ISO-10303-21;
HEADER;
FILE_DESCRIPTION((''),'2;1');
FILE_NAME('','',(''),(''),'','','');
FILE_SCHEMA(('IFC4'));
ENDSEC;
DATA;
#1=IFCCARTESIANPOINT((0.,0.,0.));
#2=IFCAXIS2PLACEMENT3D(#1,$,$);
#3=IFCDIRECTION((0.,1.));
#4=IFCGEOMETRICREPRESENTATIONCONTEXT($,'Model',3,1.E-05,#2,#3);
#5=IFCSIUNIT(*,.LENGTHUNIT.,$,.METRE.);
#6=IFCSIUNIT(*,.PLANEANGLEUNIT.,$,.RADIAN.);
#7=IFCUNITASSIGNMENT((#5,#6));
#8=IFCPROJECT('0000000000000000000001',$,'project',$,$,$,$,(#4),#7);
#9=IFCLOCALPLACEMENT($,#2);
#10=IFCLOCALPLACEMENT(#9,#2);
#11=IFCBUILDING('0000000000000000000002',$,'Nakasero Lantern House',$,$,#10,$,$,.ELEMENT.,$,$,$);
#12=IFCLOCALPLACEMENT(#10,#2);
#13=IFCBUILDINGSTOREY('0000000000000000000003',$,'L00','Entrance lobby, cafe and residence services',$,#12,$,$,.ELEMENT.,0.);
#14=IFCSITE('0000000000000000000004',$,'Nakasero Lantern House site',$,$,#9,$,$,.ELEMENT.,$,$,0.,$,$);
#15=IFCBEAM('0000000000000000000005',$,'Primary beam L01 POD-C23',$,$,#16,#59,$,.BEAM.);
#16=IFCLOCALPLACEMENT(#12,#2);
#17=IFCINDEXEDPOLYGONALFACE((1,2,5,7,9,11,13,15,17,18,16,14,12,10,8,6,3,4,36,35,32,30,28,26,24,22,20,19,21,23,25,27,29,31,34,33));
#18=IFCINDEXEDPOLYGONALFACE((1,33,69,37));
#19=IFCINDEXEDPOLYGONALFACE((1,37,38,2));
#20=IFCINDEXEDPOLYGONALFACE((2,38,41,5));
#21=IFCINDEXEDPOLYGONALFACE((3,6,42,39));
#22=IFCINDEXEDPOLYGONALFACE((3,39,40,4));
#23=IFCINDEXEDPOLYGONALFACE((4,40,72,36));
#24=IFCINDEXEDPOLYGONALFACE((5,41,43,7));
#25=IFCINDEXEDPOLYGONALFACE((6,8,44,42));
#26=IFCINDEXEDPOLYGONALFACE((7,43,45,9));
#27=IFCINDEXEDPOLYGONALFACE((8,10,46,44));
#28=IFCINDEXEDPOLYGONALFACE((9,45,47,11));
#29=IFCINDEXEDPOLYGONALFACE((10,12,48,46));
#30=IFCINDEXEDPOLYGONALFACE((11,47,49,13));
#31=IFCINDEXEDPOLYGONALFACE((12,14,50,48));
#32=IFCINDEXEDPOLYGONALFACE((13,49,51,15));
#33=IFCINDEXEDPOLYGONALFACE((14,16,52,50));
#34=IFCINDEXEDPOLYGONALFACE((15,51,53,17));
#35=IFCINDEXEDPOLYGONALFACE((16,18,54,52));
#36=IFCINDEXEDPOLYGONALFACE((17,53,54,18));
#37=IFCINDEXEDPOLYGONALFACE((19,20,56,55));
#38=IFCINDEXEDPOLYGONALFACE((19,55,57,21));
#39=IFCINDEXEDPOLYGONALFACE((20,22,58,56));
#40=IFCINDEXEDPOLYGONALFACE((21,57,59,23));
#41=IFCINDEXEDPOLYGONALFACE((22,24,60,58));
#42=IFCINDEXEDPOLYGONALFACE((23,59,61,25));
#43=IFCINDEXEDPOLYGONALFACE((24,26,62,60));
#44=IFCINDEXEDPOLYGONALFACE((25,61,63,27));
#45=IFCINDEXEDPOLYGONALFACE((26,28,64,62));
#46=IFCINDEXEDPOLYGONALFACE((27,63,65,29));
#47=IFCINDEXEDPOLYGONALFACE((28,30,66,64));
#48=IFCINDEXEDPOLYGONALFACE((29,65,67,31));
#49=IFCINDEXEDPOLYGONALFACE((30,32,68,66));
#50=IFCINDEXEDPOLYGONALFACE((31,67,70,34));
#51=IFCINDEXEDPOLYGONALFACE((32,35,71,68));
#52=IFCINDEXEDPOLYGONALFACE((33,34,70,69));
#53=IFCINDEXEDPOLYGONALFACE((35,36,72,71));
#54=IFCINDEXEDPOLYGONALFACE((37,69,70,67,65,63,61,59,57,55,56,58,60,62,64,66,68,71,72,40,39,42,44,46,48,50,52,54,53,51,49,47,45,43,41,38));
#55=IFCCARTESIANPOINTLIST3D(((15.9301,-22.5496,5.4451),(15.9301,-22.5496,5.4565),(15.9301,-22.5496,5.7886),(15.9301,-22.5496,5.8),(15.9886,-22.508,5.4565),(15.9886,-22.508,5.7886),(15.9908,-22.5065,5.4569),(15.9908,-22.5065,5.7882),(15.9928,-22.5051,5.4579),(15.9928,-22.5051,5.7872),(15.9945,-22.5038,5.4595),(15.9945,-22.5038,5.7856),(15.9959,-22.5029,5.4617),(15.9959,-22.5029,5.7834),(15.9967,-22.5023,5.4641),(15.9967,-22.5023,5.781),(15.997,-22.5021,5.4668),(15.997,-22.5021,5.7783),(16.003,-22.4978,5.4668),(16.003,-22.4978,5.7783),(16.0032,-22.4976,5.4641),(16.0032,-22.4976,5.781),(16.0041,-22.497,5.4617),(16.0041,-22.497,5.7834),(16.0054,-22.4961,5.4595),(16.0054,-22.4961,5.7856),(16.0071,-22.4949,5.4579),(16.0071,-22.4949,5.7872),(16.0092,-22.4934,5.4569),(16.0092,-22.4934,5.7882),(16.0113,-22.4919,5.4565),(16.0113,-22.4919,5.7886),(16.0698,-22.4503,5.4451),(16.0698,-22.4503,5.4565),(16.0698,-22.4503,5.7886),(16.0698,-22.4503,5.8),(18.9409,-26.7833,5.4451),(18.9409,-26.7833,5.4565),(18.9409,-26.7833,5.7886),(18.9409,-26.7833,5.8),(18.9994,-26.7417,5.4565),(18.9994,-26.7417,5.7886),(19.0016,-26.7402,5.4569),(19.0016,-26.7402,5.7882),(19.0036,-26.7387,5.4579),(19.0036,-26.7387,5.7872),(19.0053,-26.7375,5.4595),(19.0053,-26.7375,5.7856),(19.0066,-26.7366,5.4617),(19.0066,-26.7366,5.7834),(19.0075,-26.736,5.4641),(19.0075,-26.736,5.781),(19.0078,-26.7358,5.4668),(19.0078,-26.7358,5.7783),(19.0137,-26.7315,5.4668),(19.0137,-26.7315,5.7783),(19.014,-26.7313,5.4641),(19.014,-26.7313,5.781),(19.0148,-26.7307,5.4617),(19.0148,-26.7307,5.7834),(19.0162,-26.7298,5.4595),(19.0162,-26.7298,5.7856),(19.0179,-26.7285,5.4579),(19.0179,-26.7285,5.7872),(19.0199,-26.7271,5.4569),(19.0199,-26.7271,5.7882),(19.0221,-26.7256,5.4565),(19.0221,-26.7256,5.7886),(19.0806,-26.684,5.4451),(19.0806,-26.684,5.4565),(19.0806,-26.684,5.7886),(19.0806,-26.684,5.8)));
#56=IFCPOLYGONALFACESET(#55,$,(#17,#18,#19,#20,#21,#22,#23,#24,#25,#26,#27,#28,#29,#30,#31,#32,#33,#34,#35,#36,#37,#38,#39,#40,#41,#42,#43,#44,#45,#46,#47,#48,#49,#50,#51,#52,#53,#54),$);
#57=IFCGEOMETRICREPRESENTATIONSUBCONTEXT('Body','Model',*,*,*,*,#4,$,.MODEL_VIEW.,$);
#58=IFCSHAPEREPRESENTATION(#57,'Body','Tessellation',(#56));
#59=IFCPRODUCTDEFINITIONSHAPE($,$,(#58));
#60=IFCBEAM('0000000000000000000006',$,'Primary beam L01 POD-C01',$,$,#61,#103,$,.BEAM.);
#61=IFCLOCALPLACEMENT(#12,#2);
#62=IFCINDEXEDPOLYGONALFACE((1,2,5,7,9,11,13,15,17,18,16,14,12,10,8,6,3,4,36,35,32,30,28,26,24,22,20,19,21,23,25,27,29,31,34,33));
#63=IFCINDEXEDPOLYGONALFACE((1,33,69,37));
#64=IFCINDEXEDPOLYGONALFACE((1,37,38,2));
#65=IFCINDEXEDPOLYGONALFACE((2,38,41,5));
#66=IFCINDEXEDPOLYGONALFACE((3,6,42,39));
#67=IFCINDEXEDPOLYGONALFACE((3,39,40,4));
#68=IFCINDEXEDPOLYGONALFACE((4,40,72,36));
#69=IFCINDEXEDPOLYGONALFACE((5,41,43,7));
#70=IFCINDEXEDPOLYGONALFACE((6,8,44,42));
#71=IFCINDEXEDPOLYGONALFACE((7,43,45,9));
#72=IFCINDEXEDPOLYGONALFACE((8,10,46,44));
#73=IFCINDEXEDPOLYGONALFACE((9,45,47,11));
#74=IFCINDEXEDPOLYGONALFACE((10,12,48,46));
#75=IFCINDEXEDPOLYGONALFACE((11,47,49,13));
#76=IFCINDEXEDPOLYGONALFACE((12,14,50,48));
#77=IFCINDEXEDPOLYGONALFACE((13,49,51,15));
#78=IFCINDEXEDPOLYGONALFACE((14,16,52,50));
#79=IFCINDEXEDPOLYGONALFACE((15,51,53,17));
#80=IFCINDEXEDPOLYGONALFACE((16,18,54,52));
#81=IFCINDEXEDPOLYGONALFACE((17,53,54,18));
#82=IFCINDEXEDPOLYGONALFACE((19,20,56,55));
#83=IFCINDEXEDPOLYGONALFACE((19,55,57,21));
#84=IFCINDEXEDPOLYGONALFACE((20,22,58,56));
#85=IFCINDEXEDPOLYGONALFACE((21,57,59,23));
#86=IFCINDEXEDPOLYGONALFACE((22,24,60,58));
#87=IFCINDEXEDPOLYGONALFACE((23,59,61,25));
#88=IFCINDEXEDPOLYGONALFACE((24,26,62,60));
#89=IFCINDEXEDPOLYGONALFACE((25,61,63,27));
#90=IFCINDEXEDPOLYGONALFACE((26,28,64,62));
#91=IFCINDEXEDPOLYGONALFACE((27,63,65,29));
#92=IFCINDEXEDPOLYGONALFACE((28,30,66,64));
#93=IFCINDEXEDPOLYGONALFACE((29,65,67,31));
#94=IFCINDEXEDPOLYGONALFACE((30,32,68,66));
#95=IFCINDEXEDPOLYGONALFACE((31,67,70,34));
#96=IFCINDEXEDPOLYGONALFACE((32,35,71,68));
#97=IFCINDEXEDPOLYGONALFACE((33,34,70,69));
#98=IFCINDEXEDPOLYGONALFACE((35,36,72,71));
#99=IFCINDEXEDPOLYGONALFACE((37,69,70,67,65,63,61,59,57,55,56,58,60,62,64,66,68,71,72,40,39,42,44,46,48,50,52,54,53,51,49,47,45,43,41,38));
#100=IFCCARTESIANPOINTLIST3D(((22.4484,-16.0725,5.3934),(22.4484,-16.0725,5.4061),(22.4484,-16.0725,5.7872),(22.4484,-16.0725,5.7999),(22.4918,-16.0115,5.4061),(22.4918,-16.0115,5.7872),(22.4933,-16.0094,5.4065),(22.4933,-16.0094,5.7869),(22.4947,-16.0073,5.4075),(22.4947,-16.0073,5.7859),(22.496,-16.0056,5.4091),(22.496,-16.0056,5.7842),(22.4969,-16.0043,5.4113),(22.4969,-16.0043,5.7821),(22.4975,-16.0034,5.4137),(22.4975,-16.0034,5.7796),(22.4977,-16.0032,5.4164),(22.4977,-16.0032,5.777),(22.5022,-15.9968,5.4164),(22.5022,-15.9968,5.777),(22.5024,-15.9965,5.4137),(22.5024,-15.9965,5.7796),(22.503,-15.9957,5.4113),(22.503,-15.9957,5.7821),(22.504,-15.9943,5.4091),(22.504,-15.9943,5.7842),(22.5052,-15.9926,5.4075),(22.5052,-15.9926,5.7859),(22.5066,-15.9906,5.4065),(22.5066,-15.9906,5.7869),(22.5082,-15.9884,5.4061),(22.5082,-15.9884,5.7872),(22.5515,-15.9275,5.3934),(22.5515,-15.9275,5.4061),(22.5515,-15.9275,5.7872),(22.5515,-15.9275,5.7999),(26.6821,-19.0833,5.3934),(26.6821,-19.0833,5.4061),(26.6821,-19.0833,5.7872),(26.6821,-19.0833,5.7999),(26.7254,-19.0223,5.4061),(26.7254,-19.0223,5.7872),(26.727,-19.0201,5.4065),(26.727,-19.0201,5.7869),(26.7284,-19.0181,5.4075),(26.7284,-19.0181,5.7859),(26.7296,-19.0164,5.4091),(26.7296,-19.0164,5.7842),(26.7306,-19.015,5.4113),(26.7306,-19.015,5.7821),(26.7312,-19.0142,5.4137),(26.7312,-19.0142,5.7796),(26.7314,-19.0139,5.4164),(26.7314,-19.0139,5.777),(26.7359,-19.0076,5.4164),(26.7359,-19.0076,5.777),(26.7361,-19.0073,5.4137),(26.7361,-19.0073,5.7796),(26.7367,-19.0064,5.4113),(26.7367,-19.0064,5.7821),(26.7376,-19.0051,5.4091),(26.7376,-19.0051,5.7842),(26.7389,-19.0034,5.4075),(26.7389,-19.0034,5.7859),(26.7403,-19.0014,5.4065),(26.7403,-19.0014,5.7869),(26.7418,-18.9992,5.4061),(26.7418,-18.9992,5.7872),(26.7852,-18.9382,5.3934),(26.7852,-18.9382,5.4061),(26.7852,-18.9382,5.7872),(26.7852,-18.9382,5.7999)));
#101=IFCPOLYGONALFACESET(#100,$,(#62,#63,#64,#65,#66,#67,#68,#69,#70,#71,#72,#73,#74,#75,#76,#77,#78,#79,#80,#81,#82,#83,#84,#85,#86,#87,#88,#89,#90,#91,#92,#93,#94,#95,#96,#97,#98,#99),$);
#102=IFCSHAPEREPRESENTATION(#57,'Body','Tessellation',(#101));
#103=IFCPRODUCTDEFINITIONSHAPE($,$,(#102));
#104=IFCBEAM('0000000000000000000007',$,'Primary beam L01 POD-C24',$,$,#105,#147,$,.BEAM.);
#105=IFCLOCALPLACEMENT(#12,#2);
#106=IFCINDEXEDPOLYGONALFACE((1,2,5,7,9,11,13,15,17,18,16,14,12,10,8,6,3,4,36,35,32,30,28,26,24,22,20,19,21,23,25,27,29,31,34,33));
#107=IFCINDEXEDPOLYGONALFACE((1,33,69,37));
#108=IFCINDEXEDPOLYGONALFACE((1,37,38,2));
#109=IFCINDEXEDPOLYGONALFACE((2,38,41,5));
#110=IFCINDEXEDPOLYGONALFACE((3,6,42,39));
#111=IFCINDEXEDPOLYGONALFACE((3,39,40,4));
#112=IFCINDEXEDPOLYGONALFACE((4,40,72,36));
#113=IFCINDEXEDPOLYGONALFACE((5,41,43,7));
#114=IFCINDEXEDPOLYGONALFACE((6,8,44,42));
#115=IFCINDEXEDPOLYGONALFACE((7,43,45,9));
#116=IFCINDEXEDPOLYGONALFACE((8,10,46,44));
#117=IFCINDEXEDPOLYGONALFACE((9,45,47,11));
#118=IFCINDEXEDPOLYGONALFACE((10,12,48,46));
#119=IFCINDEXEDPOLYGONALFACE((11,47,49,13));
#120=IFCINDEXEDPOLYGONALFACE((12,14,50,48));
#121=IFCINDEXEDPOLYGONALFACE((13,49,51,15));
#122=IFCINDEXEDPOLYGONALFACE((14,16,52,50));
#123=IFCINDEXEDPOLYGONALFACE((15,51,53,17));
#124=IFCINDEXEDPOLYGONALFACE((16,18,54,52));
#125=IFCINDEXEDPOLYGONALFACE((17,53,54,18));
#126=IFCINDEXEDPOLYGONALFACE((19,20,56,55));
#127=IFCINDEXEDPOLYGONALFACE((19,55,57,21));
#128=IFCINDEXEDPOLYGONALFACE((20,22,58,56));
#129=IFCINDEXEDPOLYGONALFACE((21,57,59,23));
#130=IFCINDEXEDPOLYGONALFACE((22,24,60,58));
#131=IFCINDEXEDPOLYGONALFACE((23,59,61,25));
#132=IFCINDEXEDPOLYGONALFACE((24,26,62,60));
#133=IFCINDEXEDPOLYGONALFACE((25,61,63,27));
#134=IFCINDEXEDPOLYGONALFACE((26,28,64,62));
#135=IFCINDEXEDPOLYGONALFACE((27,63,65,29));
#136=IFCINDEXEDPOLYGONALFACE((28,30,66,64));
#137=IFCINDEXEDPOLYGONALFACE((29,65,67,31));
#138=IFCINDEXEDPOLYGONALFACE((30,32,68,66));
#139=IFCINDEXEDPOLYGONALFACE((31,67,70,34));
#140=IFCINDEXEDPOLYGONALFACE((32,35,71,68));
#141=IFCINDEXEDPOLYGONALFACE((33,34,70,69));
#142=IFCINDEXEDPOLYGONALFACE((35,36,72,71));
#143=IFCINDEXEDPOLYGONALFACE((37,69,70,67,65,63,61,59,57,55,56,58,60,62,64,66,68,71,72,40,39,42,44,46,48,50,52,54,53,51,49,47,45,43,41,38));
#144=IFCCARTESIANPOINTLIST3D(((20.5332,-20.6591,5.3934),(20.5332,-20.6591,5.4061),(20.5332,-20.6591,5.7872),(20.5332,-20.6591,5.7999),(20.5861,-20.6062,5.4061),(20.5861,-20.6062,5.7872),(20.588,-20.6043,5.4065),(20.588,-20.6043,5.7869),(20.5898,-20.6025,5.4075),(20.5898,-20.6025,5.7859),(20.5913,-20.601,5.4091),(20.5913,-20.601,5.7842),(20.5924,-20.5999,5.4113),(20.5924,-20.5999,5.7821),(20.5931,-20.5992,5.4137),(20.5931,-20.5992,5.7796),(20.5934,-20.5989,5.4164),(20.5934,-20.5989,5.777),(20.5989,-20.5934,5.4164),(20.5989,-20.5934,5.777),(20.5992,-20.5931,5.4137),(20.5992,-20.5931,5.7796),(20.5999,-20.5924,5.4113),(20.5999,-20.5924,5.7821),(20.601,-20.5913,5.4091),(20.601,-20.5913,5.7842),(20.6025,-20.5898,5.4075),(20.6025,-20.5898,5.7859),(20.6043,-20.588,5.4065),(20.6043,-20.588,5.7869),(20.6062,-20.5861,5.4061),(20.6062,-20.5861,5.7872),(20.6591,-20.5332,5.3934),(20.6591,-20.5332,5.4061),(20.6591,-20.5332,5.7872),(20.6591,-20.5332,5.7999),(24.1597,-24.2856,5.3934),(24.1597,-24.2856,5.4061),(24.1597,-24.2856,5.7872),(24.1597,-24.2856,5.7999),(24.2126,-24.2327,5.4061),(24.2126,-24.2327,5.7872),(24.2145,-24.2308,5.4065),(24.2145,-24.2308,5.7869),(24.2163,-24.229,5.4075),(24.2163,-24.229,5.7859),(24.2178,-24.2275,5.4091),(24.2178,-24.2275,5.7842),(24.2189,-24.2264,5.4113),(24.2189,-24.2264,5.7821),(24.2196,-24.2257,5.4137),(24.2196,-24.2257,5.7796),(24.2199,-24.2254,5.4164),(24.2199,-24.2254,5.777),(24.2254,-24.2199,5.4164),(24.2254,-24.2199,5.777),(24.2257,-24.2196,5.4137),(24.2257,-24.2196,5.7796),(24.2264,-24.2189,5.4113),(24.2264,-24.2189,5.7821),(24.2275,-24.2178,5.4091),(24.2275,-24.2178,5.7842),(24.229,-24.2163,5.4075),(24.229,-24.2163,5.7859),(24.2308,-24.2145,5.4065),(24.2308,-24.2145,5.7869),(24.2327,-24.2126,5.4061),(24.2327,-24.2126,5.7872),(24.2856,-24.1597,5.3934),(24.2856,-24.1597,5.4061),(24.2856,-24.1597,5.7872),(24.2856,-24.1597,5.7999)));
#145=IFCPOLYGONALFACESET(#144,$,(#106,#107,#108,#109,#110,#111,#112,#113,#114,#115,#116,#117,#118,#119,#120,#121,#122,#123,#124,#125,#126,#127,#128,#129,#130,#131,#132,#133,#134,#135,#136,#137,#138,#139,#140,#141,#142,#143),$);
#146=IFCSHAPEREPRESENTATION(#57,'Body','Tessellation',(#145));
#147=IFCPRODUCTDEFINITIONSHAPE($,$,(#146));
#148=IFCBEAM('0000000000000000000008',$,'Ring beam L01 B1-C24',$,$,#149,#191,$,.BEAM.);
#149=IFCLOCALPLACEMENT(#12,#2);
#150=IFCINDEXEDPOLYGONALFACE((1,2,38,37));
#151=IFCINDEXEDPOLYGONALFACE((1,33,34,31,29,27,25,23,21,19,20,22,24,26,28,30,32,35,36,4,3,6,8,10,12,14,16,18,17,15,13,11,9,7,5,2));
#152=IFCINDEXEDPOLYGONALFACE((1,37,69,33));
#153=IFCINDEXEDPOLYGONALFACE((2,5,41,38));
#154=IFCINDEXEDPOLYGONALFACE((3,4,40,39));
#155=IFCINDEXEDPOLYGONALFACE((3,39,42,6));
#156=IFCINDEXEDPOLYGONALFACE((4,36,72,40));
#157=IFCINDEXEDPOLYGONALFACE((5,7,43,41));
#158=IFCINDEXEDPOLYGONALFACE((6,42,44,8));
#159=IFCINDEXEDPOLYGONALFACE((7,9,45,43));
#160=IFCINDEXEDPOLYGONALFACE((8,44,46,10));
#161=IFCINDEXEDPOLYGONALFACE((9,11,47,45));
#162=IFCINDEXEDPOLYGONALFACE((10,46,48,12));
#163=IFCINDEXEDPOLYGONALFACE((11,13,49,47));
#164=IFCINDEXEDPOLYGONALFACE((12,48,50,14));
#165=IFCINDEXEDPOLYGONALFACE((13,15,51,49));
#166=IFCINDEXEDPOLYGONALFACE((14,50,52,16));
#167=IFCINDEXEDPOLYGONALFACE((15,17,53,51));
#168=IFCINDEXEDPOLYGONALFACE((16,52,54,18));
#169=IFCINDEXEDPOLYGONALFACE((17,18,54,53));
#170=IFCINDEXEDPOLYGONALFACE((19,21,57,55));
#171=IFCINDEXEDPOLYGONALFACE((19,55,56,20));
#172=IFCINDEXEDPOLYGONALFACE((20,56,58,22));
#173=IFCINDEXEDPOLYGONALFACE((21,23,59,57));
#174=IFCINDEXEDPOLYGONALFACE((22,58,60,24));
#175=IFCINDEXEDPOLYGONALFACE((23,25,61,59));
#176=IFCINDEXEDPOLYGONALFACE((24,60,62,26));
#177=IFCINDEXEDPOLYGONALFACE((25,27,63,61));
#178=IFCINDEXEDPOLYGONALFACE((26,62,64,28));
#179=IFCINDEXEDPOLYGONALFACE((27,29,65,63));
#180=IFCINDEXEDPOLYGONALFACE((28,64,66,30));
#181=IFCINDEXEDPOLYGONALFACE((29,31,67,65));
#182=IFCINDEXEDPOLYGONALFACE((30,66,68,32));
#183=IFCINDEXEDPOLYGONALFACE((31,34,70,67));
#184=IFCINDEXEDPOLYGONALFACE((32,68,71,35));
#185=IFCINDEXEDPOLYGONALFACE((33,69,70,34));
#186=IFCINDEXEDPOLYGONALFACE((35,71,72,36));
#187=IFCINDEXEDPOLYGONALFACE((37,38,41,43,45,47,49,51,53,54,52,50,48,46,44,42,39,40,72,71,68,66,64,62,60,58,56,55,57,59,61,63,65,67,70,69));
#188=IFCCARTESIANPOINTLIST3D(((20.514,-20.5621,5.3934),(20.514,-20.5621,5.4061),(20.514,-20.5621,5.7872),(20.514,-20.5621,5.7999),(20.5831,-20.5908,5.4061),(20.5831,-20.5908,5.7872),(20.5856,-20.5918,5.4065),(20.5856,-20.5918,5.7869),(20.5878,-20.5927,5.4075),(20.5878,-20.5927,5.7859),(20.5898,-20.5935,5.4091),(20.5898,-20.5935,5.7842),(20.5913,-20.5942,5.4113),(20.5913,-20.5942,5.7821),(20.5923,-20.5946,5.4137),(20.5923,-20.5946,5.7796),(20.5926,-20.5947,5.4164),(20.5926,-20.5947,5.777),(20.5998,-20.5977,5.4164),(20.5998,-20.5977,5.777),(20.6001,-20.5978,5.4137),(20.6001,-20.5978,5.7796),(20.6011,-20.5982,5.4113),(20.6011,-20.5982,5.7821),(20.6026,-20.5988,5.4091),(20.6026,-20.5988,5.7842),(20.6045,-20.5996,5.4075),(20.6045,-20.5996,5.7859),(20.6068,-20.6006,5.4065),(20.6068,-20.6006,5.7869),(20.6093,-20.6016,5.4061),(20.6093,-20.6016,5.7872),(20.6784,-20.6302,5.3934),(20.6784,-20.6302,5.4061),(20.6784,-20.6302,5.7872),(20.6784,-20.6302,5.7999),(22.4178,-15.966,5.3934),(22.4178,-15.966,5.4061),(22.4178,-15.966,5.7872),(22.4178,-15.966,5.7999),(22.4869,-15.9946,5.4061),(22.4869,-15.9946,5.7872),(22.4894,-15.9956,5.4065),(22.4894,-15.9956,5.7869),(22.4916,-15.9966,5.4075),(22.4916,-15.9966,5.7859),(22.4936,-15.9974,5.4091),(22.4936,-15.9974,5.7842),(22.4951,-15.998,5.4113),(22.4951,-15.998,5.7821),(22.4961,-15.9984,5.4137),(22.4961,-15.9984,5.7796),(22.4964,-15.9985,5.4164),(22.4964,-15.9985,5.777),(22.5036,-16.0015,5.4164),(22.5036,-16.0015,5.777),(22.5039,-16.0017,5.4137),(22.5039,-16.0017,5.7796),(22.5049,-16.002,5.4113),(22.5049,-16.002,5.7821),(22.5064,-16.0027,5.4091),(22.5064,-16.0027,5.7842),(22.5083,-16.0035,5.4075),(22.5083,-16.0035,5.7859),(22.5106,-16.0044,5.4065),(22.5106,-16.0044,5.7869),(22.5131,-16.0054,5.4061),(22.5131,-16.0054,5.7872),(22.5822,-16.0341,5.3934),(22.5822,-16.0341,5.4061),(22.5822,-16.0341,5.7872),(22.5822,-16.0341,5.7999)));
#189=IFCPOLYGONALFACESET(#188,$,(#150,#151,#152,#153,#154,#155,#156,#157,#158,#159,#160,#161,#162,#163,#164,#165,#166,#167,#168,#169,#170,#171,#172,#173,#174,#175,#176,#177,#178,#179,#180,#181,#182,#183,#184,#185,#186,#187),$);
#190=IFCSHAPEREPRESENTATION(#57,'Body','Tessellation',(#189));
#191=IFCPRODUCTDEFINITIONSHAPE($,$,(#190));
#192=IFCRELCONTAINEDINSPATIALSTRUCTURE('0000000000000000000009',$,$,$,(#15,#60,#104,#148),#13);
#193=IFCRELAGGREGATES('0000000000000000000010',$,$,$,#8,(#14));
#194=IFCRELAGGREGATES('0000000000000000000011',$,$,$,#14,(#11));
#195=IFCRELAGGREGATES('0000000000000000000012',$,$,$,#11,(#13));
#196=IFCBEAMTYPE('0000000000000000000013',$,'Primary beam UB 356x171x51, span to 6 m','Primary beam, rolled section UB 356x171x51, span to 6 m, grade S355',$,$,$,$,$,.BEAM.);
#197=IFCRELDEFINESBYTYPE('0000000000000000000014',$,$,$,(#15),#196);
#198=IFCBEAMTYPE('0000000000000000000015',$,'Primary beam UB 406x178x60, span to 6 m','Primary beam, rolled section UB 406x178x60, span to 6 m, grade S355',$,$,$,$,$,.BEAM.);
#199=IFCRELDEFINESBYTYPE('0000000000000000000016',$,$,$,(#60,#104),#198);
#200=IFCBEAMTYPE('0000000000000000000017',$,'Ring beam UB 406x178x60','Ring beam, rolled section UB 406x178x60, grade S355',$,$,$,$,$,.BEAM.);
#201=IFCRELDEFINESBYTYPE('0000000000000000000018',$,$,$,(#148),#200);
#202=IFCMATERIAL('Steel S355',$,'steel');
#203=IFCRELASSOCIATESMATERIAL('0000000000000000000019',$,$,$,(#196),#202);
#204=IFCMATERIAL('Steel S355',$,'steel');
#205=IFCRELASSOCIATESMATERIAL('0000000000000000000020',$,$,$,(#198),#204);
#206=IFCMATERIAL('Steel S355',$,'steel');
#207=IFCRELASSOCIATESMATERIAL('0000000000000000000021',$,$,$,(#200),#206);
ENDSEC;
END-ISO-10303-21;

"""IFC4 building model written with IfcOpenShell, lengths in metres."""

from ifc_helpers import new_model, si_unit, direction, frame, origin, origin_2d, place, context, subcontext, project, spatial, i_section, extrude, material, material_profile, profile_set, type_object, element, save


model = new_model("IFC4")

# Units and contexts
model_context = context("Model", 3, precision=1e-05, world=origin(), true_north=direction((0.0, 1.0)))
body_context = subcontext(model_context, "Body", "Model", "MODEL_VIEW")
ifc_project = project(units=[si_unit("LENGTHUNIT", "METRE"), si_unit("PLANEANGLEUNIT", "RADIAN")], contexts=[model_context])

# Site, building, storey
site_placement = place(None, origin())
site = spatial("IfcSite", under=ifc_project, at=site_placement, Name="Nakasero Lantern House site", CompositionType="ELEMENT", RefElevation=0.0)
building_placement = place(site_placement, origin())
building = spatial("IfcBuilding", under=site, at=building_placement, Name="Nakasero Lantern House", CompositionType="ELEMENT")
storey_placement = place(building_placement, origin())
storey = spatial("IfcBuildingStorey", under=building, at=storey_placement, Name="L00", Description="Entrance lobby, cafe and residence services", CompositionType="ELEMENT", Elevation=0.0)

# Beams
ifc_material_1 = material(Name="Steel S355", Category="steel")
ifc_material_profile_1 = material_profile(ifc_material_1, i_section(OverallWidth=0.1714, OverallDepth=0.355, WebThickness=0.0073, FlangeThickness=0.0115, FilletRadius=0.0103, at=origin_2d()), Name="UB 356x171x51")
ifc_profile_set_1 = profile_set([ifc_material_profile_1], Name="Steel S355")
beam_type_1 = type_object("IfcBeamType", Name="Primary beam UB 356x171x51, span to 6 m", Description="Primary beam, rolled section UB 356x171x51, span to 6 m, grade S355", PredefinedType="BEAM", material=ifc_profile_set_1)
beam_1_placement = place(storey_placement, frame((19.0107, -26.7336, 5.6226), z_axis=(-0.579543, 0.814942, 0.0), x_axis=(-0.814942, -0.579543, 0.0)))
element("IfcBeam", 1, at=beam_1_placement, inside=storey, type_object=beam_type_1, Name="Primary beam L01 POD-C23", PredefinedType="BEAM", context=body_context, shape_type="SweptSolid", body=[
    extrude(i_section(OverallWidth=0.1714, OverallDepth=0.355, WebThickness=0.0073, FlangeThickness=0.0115, FilletRadius=0.0103, at=origin_2d()), origin(), (0.0, 0.0, 1.0), 5.1951),
])
ifc_material_2 = material(Name="Steel S355", Category="steel")
ifc_material_profile_2 = material_profile(ifc_material_2, i_section(OverallWidth=0.178, OverallDepth=0.4065, WebThickness=0.0078, FlangeThickness=0.0127, FilletRadius=0.0103, at=origin_2d()), Name="UB 406x178x60")
ifc_profile_set_2 = profile_set([ifc_material_profile_2], Name="Steel S355")
beam_type_2 = type_object("IfcBeamType", Name="Primary beam UB 406x178x60, span to 6 m", Description="Primary beam, rolled section UB 406x178x60, span to 6 m, grade S355", PredefinedType="BEAM", material=ifc_profile_set_2)
beam_2_placement = place(storey_placement, frame((26.7336, -19.0107, 5.5967), z_axis=(-0.814942, 0.579543, 0.0), x_axis=(-0.579543, -0.814942, 0.0)))
element("IfcBeam", 2, at=beam_2_placement, inside=storey, type_object=beam_type_2, Name="Primary beam L01 POD-C01", PredefinedType="BEAM", context=body_context, shape_type="SweptSolid", body=[
    extrude(i_section(OverallWidth=0.178, OverallDepth=0.4065, WebThickness=0.0078, FlangeThickness=0.0127, FilletRadius=0.0103, at=origin_2d()), origin(), (0.0, 0.0, 1.0), 5.1951),
])
beam_3_placement = place(storey_placement, frame((24.2227, -24.2227, 5.5967), z_axis=(-0.707107, 0.707107, 0.0), x_axis=(-0.707107, -0.707107, 0.0)))
element("IfcBeam", 3, at=beam_3_placement, inside=storey, type_object=beam_type_2, Name="Primary beam L01 POD-C24", PredefinedType="BEAM", context=body_context, shape_type="SweptSolid", body=[
    extrude(i_section(OverallWidth=0.178, OverallDepth=0.4065, WebThickness=0.0078, FlangeThickness=0.0127, FilletRadius=0.0103, at=origin_2d()), origin(), (0.0, 0.0, 1.0), 5.1287),
])
ifc_material_3 = material(Name="Steel S355", Category="steel")
ifc_material_profile_3 = material_profile(ifc_material_3, i_section(OverallWidth=0.178, OverallDepth=0.4065, WebThickness=0.0078, FlangeThickness=0.0127, FilletRadius=0.0103, at=origin_2d()), Name="UB 406x178x60")
ifc_profile_set_3 = profile_set([ifc_material_profile_3], Name="Steel S355")
beam_type_3 = type_object("IfcBeamType", Name="Ring beam UB 406x178x60", Description="Ring beam, rolled section UB 406x178x60, grade S355", PredefinedType="BEAM", material=ifc_profile_set_3)
beam_4_placement = place(storey_placement, frame((20.5962, -20.5962, 5.5967), z_axis=(0.382684, 0.923879, 0.0), x_axis=(-0.923879, 0.382684, 0.0)))
element("IfcBeam", 4, at=beam_4_placement, inside=storey, type_object=beam_type_3, Name="Ring beam L01 B1-C24", PredefinedType="BEAM", context=body_context, shape_type="SweptSolid", body=[
    extrude(i_section(OverallWidth=0.178, OverallDepth=0.4065, WebThickness=0.0078, FlangeThickness=0.0127, FilletRadius=0.0103, at=origin_2d()), origin(), (0.0, 0.0, 1.0), 4.9749),
])

save(model, "model.ifc")
